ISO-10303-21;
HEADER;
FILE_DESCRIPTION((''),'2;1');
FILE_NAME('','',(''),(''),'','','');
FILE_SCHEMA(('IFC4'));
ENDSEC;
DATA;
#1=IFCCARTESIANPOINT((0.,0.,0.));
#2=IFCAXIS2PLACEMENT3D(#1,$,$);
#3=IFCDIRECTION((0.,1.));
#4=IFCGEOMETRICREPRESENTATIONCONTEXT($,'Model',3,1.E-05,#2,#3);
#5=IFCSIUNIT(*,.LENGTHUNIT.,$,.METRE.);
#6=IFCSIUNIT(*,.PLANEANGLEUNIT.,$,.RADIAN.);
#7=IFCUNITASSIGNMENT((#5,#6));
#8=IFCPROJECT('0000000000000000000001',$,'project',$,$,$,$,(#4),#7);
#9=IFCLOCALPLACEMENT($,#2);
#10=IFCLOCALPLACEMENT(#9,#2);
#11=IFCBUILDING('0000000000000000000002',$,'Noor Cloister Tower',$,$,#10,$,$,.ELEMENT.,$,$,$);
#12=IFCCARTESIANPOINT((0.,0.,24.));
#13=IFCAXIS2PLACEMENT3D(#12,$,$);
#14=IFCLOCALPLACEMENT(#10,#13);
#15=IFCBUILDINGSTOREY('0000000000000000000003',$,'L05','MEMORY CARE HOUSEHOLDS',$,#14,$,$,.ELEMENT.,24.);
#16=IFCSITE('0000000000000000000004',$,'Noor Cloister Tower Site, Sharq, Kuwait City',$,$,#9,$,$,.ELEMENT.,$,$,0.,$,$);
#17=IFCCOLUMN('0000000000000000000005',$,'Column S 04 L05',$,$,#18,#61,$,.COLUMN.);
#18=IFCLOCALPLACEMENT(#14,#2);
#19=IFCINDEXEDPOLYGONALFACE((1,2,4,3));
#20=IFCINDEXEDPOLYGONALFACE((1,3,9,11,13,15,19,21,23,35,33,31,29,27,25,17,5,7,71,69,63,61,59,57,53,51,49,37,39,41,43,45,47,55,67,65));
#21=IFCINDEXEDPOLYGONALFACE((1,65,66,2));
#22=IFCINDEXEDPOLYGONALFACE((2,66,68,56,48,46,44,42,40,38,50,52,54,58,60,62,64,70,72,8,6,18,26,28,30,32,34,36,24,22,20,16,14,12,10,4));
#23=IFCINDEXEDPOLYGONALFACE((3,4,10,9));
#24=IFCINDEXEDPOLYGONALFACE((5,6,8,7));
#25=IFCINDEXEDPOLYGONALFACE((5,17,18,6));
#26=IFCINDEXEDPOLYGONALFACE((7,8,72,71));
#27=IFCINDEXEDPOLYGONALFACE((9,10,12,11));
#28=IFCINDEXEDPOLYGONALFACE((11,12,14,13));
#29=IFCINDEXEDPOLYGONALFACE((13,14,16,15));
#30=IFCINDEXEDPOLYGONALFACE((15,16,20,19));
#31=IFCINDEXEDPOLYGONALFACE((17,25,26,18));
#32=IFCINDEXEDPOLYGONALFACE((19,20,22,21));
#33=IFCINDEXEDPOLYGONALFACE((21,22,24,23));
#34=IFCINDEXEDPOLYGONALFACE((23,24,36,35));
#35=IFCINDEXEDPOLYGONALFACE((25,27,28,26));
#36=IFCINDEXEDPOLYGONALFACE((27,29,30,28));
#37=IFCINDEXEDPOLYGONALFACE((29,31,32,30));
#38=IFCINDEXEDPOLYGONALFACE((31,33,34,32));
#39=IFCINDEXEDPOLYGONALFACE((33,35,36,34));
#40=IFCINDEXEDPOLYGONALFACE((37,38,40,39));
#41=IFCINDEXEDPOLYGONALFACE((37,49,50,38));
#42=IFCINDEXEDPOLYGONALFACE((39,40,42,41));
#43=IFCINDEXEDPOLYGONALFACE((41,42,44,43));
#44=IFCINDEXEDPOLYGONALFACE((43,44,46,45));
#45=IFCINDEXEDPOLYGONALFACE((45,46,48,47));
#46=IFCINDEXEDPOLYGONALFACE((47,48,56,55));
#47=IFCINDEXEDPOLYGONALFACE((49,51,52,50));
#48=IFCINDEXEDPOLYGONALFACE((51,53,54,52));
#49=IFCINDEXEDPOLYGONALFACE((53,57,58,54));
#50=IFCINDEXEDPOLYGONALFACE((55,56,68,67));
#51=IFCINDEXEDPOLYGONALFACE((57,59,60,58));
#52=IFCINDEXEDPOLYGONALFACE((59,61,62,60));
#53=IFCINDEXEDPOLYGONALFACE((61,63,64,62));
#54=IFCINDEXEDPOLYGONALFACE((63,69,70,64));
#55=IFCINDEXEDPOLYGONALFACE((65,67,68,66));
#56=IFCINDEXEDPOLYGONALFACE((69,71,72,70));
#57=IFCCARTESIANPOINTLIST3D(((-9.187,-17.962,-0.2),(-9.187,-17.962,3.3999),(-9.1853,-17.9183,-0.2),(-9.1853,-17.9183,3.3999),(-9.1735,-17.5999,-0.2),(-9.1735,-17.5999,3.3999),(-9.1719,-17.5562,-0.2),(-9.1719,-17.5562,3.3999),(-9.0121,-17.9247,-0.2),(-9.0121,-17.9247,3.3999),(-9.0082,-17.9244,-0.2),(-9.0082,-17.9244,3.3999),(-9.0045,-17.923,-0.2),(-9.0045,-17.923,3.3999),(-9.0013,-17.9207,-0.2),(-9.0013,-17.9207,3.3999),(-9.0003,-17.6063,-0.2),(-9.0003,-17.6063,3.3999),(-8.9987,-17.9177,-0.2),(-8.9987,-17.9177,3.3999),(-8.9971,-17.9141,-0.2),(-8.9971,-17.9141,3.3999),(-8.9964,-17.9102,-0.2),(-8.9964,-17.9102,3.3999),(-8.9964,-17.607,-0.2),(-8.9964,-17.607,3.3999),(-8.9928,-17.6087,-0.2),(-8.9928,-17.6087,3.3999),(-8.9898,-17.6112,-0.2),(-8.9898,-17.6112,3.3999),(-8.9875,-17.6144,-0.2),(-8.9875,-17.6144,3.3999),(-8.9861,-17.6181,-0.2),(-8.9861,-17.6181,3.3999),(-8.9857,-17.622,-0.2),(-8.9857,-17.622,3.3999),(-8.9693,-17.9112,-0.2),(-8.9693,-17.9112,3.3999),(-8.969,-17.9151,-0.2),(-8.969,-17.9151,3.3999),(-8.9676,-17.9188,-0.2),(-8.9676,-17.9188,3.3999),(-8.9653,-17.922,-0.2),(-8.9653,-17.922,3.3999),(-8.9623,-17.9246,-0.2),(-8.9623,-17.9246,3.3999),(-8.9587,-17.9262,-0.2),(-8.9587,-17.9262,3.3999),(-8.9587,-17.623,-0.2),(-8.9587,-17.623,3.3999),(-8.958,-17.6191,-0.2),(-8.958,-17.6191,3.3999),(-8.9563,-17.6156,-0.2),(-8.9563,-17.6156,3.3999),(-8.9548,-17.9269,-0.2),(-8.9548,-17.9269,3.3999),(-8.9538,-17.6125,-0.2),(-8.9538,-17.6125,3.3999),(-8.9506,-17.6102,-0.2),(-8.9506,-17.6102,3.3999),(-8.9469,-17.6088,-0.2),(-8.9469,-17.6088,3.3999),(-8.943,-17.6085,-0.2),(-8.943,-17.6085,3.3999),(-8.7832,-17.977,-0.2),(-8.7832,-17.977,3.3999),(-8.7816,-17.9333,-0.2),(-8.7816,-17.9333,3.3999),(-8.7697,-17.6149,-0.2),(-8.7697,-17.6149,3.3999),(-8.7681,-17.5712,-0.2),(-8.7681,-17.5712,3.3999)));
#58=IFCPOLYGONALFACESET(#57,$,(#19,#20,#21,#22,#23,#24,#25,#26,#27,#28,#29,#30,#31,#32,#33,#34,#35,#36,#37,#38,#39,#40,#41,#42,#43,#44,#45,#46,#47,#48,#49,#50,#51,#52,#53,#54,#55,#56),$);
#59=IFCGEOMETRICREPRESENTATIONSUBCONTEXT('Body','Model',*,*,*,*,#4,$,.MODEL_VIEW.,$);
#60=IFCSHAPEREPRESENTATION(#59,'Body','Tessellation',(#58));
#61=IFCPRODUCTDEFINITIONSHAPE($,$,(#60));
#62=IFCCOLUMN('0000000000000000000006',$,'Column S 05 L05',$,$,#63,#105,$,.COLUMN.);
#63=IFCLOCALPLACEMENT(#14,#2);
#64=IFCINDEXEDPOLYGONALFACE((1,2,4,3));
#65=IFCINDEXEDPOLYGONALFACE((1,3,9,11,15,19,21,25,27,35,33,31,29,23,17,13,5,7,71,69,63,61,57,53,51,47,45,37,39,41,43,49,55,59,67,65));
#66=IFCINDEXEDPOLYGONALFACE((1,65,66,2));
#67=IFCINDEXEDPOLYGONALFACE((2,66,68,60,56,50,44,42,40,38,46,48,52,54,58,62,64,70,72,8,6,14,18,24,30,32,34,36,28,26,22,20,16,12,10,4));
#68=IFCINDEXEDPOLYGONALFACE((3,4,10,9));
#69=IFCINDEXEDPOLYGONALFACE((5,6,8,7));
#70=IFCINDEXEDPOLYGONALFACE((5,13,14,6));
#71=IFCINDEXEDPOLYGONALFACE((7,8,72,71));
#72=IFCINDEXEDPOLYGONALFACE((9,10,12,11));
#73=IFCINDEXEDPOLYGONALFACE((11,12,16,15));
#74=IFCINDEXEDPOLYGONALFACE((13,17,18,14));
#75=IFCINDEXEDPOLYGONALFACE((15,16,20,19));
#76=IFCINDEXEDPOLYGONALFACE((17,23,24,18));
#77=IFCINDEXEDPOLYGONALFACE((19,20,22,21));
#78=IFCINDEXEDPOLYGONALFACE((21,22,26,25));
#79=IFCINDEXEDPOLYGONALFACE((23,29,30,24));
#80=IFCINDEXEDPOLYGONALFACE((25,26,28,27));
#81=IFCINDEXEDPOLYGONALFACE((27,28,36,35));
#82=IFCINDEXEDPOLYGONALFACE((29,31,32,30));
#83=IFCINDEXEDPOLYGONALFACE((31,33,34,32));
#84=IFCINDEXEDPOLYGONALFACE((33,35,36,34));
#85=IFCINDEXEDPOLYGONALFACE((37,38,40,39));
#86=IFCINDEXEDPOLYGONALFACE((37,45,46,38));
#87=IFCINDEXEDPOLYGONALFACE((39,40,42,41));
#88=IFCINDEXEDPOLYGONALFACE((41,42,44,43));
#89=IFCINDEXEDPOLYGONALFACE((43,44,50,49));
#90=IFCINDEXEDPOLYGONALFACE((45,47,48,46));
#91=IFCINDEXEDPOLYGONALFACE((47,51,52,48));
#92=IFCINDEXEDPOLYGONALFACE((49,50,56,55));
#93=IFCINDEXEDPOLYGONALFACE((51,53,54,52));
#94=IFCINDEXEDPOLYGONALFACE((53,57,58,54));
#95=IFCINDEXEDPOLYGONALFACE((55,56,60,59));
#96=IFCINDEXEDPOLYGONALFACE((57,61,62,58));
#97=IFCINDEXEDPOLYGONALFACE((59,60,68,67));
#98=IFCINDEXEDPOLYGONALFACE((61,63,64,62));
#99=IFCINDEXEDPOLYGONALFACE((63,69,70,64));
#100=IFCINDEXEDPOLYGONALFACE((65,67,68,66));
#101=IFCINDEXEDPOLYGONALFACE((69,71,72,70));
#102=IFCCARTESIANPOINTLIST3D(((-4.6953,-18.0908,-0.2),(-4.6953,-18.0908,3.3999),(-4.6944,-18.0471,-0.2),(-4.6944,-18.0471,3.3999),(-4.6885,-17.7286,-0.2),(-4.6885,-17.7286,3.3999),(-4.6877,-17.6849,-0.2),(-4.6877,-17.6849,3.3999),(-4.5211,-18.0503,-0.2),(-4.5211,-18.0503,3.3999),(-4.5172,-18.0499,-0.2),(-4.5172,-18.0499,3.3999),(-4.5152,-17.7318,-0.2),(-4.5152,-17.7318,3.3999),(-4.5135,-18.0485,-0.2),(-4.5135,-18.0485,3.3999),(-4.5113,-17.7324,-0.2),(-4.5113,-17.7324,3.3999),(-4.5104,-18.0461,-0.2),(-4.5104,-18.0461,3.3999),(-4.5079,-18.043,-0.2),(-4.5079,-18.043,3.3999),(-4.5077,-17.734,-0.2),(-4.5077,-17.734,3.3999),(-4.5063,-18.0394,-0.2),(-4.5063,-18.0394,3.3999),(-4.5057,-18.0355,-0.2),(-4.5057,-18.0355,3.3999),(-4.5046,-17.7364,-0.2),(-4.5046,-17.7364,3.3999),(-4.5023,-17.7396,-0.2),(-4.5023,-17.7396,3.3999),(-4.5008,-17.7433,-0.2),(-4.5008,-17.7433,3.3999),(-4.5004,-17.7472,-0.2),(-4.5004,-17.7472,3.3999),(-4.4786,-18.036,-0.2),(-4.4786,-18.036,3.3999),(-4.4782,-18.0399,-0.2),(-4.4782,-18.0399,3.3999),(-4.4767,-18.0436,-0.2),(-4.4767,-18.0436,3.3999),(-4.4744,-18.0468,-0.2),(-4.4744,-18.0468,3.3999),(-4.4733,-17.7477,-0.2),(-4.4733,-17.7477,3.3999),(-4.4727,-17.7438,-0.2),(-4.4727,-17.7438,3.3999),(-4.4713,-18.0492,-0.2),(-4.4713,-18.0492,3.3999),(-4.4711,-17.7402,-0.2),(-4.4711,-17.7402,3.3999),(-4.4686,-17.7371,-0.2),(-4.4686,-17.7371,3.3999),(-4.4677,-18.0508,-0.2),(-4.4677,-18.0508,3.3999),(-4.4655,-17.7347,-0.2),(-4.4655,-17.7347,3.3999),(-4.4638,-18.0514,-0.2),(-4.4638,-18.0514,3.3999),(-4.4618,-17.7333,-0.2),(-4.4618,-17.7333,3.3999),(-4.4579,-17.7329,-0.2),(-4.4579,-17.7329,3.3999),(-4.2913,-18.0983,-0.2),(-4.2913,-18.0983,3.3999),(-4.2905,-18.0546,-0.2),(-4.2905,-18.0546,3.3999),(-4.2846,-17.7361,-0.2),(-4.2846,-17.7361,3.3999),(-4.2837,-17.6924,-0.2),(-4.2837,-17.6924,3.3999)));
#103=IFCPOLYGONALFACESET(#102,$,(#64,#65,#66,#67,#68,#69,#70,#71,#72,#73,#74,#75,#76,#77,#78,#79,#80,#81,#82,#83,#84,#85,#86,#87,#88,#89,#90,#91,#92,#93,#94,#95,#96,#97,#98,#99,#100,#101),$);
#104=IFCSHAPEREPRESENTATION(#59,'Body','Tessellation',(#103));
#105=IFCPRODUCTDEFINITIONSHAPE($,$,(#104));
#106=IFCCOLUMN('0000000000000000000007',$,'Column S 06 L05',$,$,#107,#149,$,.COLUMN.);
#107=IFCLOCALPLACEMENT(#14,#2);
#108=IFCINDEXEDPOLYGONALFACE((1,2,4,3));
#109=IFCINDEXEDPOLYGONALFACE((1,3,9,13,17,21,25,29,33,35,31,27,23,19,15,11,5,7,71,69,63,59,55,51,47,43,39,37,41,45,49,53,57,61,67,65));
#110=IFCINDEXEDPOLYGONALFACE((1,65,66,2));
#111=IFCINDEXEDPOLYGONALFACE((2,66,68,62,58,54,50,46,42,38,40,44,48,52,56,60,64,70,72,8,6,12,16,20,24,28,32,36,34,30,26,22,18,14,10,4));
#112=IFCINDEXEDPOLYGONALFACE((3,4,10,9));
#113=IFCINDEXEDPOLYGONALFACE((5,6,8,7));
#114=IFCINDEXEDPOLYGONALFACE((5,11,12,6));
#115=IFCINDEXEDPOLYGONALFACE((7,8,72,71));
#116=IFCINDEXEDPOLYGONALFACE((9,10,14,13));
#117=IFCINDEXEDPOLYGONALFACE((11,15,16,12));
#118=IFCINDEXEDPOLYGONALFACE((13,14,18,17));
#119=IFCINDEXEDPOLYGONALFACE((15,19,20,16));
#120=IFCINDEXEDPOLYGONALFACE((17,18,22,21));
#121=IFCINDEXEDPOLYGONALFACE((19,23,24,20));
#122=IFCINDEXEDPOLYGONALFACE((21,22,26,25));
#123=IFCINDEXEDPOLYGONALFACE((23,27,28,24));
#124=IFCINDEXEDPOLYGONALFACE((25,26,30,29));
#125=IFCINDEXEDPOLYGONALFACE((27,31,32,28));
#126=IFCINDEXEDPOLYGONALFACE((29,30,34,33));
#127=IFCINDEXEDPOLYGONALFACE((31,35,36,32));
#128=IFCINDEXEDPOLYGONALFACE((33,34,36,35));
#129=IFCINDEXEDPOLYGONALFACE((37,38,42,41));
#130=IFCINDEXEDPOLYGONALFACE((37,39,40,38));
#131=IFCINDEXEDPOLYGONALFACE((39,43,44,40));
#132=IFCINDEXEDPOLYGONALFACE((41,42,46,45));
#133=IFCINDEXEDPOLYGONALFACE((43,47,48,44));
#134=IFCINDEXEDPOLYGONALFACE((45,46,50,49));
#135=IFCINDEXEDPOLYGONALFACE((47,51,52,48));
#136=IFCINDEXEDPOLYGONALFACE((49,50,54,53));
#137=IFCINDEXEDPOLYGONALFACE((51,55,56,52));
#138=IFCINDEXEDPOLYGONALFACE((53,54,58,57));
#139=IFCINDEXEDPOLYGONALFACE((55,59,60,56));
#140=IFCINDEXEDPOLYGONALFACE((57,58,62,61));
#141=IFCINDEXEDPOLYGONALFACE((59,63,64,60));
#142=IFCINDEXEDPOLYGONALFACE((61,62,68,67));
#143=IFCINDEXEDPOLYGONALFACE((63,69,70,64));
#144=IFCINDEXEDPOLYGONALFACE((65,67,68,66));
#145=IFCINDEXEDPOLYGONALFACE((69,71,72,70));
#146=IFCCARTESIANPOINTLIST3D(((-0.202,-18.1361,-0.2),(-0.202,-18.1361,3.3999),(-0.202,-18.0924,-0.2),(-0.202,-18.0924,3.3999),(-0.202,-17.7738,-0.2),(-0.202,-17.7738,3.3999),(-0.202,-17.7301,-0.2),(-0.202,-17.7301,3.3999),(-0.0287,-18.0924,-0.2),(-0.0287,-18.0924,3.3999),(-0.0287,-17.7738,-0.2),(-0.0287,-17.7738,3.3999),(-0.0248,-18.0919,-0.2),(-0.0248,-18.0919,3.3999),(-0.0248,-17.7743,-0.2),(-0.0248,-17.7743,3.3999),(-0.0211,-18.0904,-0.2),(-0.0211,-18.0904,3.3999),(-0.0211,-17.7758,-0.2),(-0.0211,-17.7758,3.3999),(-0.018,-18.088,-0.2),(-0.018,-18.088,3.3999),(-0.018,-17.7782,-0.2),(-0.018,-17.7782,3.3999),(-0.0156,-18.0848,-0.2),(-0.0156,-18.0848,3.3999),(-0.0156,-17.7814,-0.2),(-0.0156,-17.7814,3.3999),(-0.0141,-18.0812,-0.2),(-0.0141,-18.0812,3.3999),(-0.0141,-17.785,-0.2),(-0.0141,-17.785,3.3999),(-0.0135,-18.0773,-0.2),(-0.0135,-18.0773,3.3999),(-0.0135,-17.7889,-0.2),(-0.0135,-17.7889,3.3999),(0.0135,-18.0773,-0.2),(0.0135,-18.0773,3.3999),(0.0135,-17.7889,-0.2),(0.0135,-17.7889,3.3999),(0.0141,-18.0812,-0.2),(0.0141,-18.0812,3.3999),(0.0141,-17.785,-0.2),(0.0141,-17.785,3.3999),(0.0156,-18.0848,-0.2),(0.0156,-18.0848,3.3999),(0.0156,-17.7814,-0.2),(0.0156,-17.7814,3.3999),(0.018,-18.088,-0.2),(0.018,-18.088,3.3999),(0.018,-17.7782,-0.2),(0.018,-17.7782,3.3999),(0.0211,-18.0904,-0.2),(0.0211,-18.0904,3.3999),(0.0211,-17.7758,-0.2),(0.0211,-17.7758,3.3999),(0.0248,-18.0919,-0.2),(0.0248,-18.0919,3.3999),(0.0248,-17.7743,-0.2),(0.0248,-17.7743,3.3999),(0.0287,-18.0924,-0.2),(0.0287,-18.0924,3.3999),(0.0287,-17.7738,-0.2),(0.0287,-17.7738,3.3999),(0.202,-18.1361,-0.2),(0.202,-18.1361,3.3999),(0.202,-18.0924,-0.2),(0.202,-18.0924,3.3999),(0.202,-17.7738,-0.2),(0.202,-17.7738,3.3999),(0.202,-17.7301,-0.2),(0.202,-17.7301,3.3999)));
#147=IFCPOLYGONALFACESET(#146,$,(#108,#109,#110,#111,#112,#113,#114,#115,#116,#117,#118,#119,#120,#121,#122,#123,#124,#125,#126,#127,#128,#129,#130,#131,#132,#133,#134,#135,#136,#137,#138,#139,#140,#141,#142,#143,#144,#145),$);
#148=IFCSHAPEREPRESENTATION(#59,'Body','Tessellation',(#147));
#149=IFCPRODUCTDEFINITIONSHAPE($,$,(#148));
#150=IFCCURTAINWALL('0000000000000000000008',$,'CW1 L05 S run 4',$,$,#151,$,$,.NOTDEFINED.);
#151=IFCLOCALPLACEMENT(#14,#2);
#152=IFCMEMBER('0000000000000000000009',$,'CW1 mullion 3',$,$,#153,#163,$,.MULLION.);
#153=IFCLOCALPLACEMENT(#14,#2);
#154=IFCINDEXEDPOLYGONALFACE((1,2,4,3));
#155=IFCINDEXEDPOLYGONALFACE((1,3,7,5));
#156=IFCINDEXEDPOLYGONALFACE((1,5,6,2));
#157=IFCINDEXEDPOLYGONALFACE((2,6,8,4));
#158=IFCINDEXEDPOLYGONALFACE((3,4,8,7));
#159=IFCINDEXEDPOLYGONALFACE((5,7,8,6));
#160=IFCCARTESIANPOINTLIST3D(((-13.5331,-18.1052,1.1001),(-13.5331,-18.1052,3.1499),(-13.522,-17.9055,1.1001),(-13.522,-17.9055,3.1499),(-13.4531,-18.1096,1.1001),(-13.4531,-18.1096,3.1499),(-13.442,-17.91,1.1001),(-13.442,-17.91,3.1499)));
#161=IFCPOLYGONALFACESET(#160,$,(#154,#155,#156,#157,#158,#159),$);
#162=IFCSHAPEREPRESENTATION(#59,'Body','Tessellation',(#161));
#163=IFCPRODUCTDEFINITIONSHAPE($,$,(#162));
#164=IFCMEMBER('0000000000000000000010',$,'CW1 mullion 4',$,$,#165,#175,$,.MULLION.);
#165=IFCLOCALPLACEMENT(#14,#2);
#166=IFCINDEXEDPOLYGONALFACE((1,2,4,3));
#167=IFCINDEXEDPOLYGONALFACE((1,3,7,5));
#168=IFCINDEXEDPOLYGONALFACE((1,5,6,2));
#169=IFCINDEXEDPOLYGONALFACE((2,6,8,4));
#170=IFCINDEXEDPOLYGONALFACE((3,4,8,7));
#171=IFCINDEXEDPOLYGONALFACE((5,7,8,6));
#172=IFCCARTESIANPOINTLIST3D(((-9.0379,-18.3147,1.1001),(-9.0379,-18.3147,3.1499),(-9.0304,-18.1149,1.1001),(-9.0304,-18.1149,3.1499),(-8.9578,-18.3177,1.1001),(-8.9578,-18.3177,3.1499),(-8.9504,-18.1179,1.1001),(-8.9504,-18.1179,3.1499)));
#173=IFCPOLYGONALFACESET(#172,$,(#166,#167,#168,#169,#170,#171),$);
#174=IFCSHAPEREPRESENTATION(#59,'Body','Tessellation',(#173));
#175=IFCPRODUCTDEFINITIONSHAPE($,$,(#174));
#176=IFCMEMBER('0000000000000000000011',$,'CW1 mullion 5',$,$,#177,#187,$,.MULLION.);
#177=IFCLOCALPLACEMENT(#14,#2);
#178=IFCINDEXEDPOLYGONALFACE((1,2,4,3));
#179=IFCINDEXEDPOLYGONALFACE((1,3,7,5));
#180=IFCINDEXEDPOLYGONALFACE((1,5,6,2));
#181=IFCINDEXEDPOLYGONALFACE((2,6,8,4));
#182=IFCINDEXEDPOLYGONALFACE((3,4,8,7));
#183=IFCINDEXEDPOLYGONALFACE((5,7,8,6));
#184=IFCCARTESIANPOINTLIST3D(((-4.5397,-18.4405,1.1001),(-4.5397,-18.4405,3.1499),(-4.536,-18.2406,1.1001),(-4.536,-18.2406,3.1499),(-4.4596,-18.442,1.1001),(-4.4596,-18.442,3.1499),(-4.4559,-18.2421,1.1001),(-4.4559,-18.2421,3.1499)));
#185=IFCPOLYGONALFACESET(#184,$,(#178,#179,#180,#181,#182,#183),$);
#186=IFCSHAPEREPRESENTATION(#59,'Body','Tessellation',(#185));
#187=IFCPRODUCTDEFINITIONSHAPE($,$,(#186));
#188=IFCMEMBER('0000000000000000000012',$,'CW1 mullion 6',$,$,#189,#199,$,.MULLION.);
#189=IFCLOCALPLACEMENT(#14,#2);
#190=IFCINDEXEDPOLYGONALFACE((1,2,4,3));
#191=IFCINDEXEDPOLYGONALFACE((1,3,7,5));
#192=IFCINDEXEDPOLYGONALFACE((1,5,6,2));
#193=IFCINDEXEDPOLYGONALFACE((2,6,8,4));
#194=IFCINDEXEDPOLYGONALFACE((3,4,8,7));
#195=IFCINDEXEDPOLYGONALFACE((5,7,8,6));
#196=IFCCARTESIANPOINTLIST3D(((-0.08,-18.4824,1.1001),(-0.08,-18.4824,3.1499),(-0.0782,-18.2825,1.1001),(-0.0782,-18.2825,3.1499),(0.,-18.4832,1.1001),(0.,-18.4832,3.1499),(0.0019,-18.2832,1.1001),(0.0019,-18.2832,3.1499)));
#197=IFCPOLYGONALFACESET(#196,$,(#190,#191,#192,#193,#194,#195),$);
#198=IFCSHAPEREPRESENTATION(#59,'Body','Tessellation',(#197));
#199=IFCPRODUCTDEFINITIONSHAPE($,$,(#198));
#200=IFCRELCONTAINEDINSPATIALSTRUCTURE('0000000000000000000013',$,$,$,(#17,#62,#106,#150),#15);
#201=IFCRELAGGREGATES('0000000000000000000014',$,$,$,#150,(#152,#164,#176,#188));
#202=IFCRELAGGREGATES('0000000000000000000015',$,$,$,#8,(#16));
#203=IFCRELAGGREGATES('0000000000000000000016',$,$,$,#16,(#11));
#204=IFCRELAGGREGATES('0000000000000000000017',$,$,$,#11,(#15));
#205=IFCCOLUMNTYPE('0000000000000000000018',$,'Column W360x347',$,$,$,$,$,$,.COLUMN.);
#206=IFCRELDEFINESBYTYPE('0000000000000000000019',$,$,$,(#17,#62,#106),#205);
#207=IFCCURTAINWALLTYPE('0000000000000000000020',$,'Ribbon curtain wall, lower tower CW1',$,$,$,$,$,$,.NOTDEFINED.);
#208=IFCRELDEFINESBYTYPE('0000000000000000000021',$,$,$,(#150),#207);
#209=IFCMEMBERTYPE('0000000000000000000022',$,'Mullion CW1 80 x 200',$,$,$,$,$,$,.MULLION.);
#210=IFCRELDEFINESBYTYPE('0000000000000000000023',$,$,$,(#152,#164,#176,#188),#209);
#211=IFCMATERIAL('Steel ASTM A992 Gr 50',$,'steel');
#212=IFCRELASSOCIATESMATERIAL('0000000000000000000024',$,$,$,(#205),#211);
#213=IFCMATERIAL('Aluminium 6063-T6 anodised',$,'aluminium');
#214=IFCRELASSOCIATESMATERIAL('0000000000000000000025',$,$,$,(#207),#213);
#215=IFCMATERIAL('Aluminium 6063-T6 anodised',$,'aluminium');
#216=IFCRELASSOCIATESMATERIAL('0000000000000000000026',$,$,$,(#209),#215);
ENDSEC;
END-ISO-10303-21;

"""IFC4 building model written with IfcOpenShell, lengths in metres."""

from ifc_helpers import new_model, si_unit, direction, frame, origin, origin_2d, place, context, subcontext, project, spatial, rectangle, i_section, extrude, material, material_profile, profile_set, type_object, element, aggregate, save


model = new_model("IFC4")

# Units and contexts
model_context = context("Model", 3, precision=1e-05, world=origin(), true_north=direction((0.0, 1.0)))
body_context = subcontext(model_context, "Body", "Model", "MODEL_VIEW")
ifc_project = project(units=[si_unit("LENGTHUNIT", "METRE"), si_unit("PLANEANGLEUNIT", "RADIAN")], contexts=[model_context])

# Site, building, storey
site_placement = place(None, origin())
site = spatial("IfcSite", under=ifc_project, at=site_placement, Name="Noor Cloister Tower Site, Sharq, Kuwait City", CompositionType="ELEMENT", RefElevation=0.0)
building_placement = place(site_placement, origin())
building = spatial("IfcBuilding", under=site, at=building_placement, Name="Noor Cloister Tower", CompositionType="ELEMENT")
storey_placement = place(building_placement, frame((0.0, 0.0, 24.0)))
storey = spatial("IfcBuildingStorey", under=building, at=storey_placement, Name="L05", Description="MEMORY CARE HOUSEHOLDS", CompositionType="ELEMENT", Elevation=24.0)

# Columns
ifc_material_1 = material(Name="Steel ASTM A992 Gr 50", Category="steel")
ifc_material_profile_1 = material_profile(ifc_material_1, i_section(OverallWidth=0.4041, OverallDepth=0.406, WebThickness=0.0271, FlangeThickness=0.0437, FilletRadius=0.0151, at=origin_2d()), Name="W360x347")
ifc_profile_set_1 = profile_set([ifc_material_profile_1], Name="Steel ASTM A992 Gr 50")
column_type = type_object("IfcColumnType", Name="Column W360x347", PredefinedType="COLUMN", material=ifc_profile_set_1)
for number, where, z_axis, x_axis, name in (
    (1, (-8.9775, -17.7666, -0.2), (0.0, 0.0, 1.0), (0.999312, -0.037099, 0.0), "Column S 04 L05"),
    (2, (-4.4895, -17.8916, -0.2), (0.0, 0.0, 1.0), (0.999828, -0.018553, 0.0), "Column S 05 L05"),
    (3, (0.0, -17.9331, -0.2), (0.0, 0.0, 1.0), (1.0, 0.0, 0.0), "Column S 06 L05"),
):
    element("IfcColumn", number, at=place(storey_placement, frame(where, z_axis=z_axis, x_axis=x_axis)), inside=storey, type_object=column_type, Name=name, PredefinedType="COLUMN", context=body_context, shape_type="SweptSolid", body=[
        extrude(i_section(OverallWidth=0.4041, OverallDepth=0.406, WebThickness=0.0271, FlangeThickness=0.0437, FilletRadius=0.0151, at=origin_2d()), origin(), (0.0, 0.0, 1.0), 3.5999),
    ])

# Curtain wall, members
ifc_material_2 = material(Name="Aluminium 6063-T6 anodised", Category="aluminium")
curtain_wall_type = type_object("IfcCurtainWallType", Name="Ribbon curtain wall, lower tower CW1", PredefinedType="NOTDEFINED", material=ifc_material_2)
curtain_wall_placement = place(storey_placement, origin())
curtain_wall = element("IfcCurtainWall", 4, at=curtain_wall_placement, inside=storey, type_object=curtain_wall_type, Name="CW1 L05 S run 4", PredefinedType="NOTDEFINED")
ifc_material_3 = material(Name="Aluminium 6063-T6 anodised", Category="aluminium")
ifc_material_profile_2 = material_profile(ifc_material_3, rectangle(XDim=0.2, YDim=0.0801, at=origin_2d()), Name="200 x 80 mullion")
ifc_profile_set_2 = profile_set([ifc_material_profile_2], Name="Aluminium 6063-T6 anodised")
member_type = type_object("IfcMemberType", Name="Mullion CW1 80 x 200", PredefinedType="MULLION", material=ifc_profile_set_2)
member_1_placement = place(storey_placement, frame((-13.4875, -18.0076, 1.1001), z_axis=(0.0, 0.0, 1.0), x_axis=(0.055633, 0.998451, 0.0)))
member_1 = element("IfcMember", 5, at=member_1_placement, type_object=member_type, Name="CW1 mullion 3", PredefinedType="MULLION", context=body_context, shape_type="SweptSolid", body=[
    extrude(rectangle(XDim=0.2, YDim=0.0801, at=origin_2d()), origin(), (0.0, 0.0, 1.0), 2.0498),
])
member_2_placement = place(storey_placement, frame((-8.9941, -18.2163, 1.1001), z_axis=(0.0, 0.0, 1.0), x_axis=(0.037099, 0.999312, 0.0)))
member_2 = element("IfcMember", 6, at=member_2_placement, type_object=member_type, Name="CW1 mullion 4", PredefinedType="MULLION", context=body_context, shape_type="SweptSolid", body=[
    extrude(rectangle(XDim=0.2, YDim=0.0801, at=origin_2d()), origin(), (0.0, 0.0, 1.0), 2.0498),
])
member_3_placement = place(storey_placement, frame((-4.4978, -18.3413, 1.1001), z_axis=(0.0, 0.0, 1.0), x_axis=(0.018553, 0.999828, 0.0)))
member_3 = element("IfcMember", 7, at=member_3_placement, type_object=member_type, Name="CW1 mullion 5", PredefinedType="MULLION", context=body_context, shape_type="SweptSolid", body=[
    extrude(rectangle(XDim=0.2, YDim=0.0801, at=origin_2d()), origin(), (0.0, 0.0, 1.0), 2.0498),
])
member_4_placement = place(storey_placement, frame((-0.0391, -18.3828, 1.1001), z_axis=(0.0, 0.0, 1.0), x_axis=(0.009277, 0.999957, 0.0)))
member_4 = element("IfcMember", 8, at=member_4_placement, type_object=member_type, Name="CW1 mullion 6", PredefinedType="MULLION", context=body_context, shape_type="SweptSolid", body=[
    extrude(rectangle(XDim=0.2, YDim=0.0801, at=origin_2d()), origin(), (0.0, 0.0, 1.0), 2.0498),
])

aggregate(curtain_wall, [member_1, member_2, member_3, member_4])

save(model, "model.ifc")
